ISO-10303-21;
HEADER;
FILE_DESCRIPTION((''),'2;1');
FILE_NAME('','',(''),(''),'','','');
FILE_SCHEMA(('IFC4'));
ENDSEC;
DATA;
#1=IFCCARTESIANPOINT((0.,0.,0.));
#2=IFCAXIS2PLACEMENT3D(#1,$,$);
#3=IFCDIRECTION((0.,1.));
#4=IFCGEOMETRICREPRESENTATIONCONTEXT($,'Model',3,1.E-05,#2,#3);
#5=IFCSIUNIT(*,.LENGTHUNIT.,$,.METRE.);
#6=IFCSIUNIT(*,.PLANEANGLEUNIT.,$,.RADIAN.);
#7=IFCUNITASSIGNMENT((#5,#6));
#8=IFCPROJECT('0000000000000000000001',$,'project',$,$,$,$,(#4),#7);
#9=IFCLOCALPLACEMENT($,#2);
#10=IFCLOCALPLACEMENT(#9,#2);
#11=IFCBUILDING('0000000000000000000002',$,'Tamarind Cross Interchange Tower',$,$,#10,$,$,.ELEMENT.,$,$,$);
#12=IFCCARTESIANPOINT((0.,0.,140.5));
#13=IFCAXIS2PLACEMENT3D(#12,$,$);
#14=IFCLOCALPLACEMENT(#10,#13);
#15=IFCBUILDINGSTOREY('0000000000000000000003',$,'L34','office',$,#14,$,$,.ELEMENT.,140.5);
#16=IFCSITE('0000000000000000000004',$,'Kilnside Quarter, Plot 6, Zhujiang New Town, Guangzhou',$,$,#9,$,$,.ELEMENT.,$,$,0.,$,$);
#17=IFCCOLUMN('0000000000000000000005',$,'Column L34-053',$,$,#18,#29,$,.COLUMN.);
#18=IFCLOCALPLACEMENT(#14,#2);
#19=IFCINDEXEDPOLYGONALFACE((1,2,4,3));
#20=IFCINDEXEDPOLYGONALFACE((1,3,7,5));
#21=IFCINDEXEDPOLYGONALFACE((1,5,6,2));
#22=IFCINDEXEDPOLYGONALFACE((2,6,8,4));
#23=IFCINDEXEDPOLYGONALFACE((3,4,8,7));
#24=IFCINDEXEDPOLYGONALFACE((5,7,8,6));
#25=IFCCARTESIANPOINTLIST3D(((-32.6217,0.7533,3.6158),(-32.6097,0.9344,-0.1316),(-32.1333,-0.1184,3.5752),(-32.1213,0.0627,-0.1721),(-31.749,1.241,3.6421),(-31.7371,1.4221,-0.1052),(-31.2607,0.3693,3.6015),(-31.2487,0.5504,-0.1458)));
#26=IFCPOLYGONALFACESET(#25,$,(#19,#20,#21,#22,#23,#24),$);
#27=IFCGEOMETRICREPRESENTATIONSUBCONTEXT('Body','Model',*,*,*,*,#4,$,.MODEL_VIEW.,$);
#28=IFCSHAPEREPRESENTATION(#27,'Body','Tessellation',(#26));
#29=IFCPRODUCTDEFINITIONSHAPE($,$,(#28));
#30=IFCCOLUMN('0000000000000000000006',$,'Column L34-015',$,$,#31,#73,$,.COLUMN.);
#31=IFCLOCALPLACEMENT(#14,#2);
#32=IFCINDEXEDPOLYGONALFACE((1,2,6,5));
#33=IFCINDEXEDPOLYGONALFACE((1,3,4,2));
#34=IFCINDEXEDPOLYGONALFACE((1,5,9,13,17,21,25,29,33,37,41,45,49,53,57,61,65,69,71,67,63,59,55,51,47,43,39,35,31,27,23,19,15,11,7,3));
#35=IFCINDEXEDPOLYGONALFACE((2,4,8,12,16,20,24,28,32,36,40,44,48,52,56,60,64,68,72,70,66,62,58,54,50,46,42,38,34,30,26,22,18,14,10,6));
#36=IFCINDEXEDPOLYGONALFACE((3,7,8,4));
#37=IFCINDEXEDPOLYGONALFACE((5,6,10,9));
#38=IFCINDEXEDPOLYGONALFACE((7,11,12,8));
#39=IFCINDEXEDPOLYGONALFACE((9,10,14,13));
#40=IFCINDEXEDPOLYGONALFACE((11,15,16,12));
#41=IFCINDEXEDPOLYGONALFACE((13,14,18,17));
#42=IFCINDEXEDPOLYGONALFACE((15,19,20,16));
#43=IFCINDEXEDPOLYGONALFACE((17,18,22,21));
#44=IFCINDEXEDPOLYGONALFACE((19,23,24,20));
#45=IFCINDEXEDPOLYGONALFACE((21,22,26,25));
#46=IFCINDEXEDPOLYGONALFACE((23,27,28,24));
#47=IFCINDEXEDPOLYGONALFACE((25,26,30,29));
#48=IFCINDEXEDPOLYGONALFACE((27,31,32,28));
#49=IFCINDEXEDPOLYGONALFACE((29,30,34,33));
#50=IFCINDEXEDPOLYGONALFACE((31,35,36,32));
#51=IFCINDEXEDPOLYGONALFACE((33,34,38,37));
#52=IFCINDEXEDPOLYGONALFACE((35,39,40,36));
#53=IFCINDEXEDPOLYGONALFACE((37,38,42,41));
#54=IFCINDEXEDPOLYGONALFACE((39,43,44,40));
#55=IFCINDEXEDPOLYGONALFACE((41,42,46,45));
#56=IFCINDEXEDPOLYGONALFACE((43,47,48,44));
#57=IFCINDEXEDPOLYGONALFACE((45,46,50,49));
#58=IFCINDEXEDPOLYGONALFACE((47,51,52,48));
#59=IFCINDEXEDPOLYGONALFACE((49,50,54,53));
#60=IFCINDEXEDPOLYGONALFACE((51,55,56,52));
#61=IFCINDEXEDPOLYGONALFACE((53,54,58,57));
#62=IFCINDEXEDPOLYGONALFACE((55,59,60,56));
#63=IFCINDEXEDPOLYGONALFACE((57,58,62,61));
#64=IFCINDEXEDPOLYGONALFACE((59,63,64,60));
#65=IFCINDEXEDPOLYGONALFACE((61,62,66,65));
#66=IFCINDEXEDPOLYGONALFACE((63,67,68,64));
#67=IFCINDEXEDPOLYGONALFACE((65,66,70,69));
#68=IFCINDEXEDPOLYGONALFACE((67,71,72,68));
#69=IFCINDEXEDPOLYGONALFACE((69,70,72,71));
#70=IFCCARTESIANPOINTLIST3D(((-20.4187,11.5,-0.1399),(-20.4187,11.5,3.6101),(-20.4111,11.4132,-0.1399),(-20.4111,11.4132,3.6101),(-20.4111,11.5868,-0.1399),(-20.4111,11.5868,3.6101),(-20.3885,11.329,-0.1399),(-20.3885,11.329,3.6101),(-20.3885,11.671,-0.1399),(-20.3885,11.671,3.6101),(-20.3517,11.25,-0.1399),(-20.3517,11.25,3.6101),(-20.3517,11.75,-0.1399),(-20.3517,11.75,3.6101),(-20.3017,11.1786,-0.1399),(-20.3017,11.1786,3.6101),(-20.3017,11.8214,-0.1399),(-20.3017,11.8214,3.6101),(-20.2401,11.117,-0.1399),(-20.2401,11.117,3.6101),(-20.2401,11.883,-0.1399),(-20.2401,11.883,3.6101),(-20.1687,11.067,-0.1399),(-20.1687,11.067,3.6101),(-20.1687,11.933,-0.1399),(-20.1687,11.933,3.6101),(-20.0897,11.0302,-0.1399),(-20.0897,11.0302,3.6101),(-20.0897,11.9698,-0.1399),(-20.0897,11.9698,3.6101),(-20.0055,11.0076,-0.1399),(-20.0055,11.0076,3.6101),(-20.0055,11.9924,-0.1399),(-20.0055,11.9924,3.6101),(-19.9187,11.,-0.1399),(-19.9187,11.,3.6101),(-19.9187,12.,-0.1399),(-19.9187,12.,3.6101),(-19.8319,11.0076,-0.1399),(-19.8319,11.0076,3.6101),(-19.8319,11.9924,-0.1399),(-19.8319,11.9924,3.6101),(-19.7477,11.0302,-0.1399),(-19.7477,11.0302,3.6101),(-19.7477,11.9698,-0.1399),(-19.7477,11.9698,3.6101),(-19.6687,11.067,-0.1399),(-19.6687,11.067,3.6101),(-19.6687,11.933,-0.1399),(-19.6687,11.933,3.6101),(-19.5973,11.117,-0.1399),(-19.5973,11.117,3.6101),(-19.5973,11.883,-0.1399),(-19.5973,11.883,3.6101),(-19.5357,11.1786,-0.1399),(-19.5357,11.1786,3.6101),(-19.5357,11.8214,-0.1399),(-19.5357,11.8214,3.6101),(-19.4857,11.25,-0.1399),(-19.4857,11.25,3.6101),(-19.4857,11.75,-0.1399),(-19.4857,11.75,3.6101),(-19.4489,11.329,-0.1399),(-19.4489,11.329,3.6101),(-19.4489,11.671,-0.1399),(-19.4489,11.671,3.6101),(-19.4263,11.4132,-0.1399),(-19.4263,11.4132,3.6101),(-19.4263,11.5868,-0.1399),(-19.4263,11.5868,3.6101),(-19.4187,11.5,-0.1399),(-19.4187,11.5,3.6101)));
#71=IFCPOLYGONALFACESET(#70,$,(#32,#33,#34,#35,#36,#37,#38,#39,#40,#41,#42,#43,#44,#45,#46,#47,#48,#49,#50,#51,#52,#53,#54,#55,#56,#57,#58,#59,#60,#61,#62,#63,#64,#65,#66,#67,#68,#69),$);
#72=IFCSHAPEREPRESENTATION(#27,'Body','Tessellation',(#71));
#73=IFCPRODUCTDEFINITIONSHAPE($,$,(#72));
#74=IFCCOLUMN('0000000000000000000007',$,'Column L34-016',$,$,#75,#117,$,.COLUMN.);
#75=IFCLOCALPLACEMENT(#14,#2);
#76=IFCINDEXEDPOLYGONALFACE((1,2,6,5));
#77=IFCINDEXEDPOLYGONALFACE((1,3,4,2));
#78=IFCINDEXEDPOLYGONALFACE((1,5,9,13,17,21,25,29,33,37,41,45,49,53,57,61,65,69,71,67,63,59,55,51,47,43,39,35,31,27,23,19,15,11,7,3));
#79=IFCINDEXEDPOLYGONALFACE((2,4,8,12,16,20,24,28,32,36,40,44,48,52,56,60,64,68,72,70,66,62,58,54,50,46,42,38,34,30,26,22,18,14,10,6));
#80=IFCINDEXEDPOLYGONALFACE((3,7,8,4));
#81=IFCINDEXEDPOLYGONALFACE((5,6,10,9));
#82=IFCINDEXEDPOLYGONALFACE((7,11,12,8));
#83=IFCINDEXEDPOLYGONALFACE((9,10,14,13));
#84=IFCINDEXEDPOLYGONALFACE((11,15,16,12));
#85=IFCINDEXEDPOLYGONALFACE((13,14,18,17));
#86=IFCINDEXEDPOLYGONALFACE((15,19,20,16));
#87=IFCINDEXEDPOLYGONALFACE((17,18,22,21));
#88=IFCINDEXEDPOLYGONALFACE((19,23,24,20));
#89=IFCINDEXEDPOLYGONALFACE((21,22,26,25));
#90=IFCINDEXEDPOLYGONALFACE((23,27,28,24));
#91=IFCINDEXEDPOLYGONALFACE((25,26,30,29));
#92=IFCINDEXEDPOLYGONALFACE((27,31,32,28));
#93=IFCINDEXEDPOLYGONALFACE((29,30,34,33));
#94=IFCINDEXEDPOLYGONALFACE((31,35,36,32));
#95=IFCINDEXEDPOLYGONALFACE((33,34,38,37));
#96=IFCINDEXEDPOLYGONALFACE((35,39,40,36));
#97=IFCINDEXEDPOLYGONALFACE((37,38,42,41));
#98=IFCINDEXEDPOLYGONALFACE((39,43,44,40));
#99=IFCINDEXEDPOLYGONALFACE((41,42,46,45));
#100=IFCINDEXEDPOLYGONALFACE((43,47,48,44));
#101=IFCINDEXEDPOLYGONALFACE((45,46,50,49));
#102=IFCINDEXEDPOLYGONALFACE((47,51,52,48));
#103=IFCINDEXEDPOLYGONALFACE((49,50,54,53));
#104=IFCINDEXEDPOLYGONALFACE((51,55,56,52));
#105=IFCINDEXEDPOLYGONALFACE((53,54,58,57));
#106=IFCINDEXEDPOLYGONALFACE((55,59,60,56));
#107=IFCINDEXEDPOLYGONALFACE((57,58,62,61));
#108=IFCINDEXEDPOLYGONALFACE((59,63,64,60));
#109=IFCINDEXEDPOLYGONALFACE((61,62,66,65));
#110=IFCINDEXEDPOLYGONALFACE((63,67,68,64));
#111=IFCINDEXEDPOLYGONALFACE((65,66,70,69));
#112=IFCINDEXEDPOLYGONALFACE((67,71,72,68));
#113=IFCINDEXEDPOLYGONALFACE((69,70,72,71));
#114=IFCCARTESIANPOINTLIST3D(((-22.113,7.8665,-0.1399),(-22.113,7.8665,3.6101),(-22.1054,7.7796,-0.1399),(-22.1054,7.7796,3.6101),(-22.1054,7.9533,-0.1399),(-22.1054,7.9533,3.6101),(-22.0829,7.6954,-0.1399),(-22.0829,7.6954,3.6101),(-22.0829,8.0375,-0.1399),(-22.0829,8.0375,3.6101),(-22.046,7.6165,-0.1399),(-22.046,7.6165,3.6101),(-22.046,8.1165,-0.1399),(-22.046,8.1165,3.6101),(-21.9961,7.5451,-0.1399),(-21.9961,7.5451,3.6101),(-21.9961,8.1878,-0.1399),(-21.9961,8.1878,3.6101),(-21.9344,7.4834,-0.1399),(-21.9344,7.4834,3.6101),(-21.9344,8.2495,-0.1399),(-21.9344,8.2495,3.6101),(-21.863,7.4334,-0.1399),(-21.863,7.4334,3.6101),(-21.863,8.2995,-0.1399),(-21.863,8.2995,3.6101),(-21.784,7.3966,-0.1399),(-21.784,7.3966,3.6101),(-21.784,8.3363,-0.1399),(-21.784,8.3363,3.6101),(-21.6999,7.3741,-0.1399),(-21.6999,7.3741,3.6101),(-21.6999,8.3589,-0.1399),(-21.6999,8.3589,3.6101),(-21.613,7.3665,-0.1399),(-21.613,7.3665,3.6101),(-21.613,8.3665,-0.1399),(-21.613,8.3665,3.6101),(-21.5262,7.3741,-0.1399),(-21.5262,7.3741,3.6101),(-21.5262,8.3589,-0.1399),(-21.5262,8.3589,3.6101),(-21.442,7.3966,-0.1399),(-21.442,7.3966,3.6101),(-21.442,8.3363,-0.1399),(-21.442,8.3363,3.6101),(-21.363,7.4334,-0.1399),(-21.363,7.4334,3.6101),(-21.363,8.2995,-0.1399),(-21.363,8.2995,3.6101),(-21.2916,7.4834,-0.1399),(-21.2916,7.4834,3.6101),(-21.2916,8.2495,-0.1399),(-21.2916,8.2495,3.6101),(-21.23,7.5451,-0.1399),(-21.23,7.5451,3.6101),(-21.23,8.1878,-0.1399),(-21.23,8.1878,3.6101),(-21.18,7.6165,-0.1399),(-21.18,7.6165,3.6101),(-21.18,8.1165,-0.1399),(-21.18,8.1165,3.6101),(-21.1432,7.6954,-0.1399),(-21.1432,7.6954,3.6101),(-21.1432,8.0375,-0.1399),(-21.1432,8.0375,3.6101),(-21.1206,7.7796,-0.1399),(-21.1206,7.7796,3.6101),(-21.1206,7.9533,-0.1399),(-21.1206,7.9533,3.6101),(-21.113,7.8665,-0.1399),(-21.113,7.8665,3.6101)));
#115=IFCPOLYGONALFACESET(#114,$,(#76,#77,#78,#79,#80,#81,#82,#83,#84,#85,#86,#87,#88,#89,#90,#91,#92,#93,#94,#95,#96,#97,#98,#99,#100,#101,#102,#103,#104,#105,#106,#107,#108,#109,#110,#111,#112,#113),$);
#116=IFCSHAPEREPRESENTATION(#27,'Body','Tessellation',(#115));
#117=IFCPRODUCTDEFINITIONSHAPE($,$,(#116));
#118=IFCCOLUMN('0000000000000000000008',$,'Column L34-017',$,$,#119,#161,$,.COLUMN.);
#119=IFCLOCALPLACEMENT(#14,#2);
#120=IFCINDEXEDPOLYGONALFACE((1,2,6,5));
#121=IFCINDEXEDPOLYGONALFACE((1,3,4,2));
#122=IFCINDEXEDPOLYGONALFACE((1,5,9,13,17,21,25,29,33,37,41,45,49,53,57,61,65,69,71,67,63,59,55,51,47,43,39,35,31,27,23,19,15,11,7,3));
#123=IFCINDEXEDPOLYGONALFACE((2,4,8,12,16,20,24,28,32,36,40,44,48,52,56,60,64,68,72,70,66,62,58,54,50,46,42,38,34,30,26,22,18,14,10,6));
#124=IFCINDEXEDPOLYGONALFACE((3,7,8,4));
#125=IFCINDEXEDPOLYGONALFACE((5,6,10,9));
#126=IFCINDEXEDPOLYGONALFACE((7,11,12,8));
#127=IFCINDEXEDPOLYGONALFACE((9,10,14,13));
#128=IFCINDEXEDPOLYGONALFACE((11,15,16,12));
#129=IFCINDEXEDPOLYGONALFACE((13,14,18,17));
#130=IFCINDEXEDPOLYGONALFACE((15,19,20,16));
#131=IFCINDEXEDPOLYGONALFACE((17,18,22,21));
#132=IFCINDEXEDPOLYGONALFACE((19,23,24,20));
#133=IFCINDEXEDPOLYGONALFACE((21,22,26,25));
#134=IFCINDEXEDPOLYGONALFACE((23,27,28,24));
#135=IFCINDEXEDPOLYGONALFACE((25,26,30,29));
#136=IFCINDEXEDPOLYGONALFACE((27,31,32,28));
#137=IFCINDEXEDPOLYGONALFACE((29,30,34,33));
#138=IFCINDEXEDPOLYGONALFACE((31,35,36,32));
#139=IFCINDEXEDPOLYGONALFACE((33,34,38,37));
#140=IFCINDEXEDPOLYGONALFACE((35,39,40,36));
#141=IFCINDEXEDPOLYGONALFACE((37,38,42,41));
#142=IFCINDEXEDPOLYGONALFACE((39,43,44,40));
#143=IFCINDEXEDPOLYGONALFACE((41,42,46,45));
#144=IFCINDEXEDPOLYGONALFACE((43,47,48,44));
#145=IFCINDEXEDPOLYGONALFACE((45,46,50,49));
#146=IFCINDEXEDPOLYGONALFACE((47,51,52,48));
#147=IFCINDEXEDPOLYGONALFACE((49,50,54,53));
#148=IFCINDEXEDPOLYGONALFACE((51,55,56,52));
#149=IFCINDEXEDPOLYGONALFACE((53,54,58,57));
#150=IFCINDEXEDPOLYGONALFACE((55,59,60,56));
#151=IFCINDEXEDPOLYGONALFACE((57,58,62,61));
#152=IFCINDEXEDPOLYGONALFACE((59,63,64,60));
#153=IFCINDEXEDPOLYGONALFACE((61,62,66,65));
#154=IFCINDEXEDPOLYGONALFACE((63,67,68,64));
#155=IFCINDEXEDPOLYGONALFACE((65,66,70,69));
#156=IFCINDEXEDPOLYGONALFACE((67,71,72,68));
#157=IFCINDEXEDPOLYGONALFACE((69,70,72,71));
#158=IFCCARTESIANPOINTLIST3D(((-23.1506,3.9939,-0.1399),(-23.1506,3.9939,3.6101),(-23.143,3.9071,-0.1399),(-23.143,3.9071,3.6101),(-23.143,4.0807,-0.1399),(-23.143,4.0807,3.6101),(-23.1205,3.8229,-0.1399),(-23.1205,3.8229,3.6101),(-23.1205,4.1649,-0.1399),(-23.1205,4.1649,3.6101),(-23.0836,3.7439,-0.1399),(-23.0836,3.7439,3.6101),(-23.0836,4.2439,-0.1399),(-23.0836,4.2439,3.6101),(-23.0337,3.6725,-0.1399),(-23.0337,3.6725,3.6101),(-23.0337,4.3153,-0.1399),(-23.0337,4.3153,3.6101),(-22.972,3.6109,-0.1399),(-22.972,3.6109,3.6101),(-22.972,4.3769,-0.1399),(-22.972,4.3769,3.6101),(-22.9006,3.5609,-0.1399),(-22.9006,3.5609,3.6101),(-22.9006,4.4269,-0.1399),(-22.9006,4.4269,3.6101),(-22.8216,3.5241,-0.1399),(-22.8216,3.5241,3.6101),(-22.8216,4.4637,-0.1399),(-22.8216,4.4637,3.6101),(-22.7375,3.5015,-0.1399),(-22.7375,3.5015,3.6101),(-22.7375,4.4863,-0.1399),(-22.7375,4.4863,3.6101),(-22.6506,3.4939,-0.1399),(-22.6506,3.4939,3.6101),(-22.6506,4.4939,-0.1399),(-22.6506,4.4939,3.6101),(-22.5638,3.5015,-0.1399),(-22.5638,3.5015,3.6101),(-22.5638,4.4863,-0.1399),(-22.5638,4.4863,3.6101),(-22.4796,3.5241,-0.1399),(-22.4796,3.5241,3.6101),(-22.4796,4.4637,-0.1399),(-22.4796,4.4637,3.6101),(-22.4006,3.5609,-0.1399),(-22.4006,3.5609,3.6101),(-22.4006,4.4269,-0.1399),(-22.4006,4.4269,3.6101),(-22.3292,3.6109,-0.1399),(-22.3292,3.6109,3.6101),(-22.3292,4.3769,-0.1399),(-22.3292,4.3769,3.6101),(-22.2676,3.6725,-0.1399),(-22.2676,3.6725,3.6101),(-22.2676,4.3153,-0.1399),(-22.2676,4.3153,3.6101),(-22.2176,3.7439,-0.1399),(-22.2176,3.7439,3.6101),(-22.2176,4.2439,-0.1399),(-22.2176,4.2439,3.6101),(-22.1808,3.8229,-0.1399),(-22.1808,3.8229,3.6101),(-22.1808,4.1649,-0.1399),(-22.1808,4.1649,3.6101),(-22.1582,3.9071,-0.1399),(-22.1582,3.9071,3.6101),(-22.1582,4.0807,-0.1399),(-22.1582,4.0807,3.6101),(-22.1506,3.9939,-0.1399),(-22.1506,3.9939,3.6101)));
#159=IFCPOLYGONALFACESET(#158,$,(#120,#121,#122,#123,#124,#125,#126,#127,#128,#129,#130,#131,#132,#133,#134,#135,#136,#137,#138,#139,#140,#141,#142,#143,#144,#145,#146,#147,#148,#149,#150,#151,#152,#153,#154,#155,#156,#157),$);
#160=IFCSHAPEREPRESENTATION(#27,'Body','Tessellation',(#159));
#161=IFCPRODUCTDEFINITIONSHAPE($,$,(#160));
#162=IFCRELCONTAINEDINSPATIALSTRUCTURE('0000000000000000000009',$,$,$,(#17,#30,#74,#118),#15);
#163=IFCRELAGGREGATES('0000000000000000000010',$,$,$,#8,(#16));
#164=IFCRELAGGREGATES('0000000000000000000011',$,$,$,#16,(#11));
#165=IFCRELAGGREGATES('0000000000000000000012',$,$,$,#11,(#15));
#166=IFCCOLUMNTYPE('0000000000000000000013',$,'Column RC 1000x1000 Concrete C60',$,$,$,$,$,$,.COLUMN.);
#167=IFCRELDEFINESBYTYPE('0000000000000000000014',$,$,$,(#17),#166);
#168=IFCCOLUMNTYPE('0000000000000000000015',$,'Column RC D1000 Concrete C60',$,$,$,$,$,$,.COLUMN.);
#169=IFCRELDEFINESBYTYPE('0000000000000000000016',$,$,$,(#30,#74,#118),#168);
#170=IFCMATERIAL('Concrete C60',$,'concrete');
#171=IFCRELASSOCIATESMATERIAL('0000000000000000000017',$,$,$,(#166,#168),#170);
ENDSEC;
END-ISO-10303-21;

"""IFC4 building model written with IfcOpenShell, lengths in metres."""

from ifc_helpers import new_model, si_unit, direction, frame, origin, origin_2d, place, context, subcontext, project, spatial, rectangle, circle, extrude, material, material_profile, profile_set, type_object, element, save


model = new_model("IFC4")

# Units and contexts
model_context = context("Model", 3, precision=1e-05, world=origin(), true_north=direction((0.0, 1.0)))
body_context = subcontext(model_context, "Body", "Model", "MODEL_VIEW")
ifc_project = project(units=[si_unit("LENGTHUNIT", "METRE"), si_unit("PLANEANGLEUNIT", "RADIAN")], contexts=[model_context])

# Site, building, storey
site_placement = place(None, origin())
site = spatial("IfcSite", under=ifc_project, at=site_placement, Name="Kilnside Quarter, Plot 6, Zhujiang New Town, Guangzhou", CompositionType="ELEMENT", RefElevation=0.0)
building_placement = place(site_placement, origin())
building = spatial("IfcBuilding", under=site, at=building_placement, Name="Tamarind Cross Interchange Tower", CompositionType="ELEMENT")
storey_placement = place(building_placement, frame((0.0, 0.0, 140.5)))
storey = spatial("IfcBuildingStorey", under=building, at=storey_placement, Name="L34", Description="office", CompositionType="ELEMENT", Elevation=140.5)

# Columns
ifc_material_1 = material(Name="Concrete C60", Category="concrete")
ifc_material_profile_1 = material_profile(ifc_material_1, rectangle(XDim=1.0, YDim=1.0, at=origin_2d()), Name="RC 1000x1000")
ifc_profile_set_1 = profile_set([ifc_material_profile_1], Name="Concrete C60")
column_type_1 = type_object("IfcColumnType", Name="Column RC 1000x1000 Concrete C60", PredefinedType="COLUMN", material=ifc_profile_set_1)
column_placement = place(storey_placement, frame((-31.9292, 0.7424, -0.1387), z_axis=(-0.003189, -0.048285, 0.998828), x_axis=(0.872626, 0.487678, 0.026361)))
element("IfcColumn", 1, at=column_placement, inside=storey, type_object=column_type_1, Name="Column L34-053", PredefinedType="COLUMN", context=body_context, shape_type="SweptSolid", body=[
    extrude(rectangle(XDim=1.0, YDim=1.0, at=origin_2d()), origin(), (0.0, 0.0, 1.0), 3.7517),
])
ifc_material_profile_2 = material_profile(ifc_material_1, circle(Radius=0.5, at=origin_2d()), Name="RC D1000")
ifc_profile_set_2 = profile_set([ifc_material_profile_2], Name="Concrete C60")
column_type_2 = type_object("IfcColumnType", Name="Column RC D1000 Concrete C60", PredefinedType="COLUMN", material=ifc_profile_set_2)
for number, where, z_axis, x_axis, name in (
    (2, (-19.9187, 11.5, -0.1399), (0.0, 0.0, 1.0), (1.0, 0.0, 0.0), "Column L34-015"),
    (3, (-21.613, 7.8665, -0.1399), (0.0, 0.0, 1.0), (1.0, 0.0, 0.0), "Column L34-016"),
    (4, (-22.6506, 3.9939, -0.1399), (0.0, 0.0, 1.0), (1.0, 0.0, 0.0), "Column L34-017"),
):
    element("IfcColumn", number, at=place(storey_placement, frame(where, z_axis=z_axis, x_axis=x_axis)), inside=storey, type_object=column_type_2, Name=name, PredefinedType="COLUMN", context=body_context, shape_type="SweptSolid", body=[
        extrude(circle(Radius=0.5, at=origin_2d()), origin(), (0.0, 0.0, 1.0), 3.75),
    ])

save(model, "model.ifc")
